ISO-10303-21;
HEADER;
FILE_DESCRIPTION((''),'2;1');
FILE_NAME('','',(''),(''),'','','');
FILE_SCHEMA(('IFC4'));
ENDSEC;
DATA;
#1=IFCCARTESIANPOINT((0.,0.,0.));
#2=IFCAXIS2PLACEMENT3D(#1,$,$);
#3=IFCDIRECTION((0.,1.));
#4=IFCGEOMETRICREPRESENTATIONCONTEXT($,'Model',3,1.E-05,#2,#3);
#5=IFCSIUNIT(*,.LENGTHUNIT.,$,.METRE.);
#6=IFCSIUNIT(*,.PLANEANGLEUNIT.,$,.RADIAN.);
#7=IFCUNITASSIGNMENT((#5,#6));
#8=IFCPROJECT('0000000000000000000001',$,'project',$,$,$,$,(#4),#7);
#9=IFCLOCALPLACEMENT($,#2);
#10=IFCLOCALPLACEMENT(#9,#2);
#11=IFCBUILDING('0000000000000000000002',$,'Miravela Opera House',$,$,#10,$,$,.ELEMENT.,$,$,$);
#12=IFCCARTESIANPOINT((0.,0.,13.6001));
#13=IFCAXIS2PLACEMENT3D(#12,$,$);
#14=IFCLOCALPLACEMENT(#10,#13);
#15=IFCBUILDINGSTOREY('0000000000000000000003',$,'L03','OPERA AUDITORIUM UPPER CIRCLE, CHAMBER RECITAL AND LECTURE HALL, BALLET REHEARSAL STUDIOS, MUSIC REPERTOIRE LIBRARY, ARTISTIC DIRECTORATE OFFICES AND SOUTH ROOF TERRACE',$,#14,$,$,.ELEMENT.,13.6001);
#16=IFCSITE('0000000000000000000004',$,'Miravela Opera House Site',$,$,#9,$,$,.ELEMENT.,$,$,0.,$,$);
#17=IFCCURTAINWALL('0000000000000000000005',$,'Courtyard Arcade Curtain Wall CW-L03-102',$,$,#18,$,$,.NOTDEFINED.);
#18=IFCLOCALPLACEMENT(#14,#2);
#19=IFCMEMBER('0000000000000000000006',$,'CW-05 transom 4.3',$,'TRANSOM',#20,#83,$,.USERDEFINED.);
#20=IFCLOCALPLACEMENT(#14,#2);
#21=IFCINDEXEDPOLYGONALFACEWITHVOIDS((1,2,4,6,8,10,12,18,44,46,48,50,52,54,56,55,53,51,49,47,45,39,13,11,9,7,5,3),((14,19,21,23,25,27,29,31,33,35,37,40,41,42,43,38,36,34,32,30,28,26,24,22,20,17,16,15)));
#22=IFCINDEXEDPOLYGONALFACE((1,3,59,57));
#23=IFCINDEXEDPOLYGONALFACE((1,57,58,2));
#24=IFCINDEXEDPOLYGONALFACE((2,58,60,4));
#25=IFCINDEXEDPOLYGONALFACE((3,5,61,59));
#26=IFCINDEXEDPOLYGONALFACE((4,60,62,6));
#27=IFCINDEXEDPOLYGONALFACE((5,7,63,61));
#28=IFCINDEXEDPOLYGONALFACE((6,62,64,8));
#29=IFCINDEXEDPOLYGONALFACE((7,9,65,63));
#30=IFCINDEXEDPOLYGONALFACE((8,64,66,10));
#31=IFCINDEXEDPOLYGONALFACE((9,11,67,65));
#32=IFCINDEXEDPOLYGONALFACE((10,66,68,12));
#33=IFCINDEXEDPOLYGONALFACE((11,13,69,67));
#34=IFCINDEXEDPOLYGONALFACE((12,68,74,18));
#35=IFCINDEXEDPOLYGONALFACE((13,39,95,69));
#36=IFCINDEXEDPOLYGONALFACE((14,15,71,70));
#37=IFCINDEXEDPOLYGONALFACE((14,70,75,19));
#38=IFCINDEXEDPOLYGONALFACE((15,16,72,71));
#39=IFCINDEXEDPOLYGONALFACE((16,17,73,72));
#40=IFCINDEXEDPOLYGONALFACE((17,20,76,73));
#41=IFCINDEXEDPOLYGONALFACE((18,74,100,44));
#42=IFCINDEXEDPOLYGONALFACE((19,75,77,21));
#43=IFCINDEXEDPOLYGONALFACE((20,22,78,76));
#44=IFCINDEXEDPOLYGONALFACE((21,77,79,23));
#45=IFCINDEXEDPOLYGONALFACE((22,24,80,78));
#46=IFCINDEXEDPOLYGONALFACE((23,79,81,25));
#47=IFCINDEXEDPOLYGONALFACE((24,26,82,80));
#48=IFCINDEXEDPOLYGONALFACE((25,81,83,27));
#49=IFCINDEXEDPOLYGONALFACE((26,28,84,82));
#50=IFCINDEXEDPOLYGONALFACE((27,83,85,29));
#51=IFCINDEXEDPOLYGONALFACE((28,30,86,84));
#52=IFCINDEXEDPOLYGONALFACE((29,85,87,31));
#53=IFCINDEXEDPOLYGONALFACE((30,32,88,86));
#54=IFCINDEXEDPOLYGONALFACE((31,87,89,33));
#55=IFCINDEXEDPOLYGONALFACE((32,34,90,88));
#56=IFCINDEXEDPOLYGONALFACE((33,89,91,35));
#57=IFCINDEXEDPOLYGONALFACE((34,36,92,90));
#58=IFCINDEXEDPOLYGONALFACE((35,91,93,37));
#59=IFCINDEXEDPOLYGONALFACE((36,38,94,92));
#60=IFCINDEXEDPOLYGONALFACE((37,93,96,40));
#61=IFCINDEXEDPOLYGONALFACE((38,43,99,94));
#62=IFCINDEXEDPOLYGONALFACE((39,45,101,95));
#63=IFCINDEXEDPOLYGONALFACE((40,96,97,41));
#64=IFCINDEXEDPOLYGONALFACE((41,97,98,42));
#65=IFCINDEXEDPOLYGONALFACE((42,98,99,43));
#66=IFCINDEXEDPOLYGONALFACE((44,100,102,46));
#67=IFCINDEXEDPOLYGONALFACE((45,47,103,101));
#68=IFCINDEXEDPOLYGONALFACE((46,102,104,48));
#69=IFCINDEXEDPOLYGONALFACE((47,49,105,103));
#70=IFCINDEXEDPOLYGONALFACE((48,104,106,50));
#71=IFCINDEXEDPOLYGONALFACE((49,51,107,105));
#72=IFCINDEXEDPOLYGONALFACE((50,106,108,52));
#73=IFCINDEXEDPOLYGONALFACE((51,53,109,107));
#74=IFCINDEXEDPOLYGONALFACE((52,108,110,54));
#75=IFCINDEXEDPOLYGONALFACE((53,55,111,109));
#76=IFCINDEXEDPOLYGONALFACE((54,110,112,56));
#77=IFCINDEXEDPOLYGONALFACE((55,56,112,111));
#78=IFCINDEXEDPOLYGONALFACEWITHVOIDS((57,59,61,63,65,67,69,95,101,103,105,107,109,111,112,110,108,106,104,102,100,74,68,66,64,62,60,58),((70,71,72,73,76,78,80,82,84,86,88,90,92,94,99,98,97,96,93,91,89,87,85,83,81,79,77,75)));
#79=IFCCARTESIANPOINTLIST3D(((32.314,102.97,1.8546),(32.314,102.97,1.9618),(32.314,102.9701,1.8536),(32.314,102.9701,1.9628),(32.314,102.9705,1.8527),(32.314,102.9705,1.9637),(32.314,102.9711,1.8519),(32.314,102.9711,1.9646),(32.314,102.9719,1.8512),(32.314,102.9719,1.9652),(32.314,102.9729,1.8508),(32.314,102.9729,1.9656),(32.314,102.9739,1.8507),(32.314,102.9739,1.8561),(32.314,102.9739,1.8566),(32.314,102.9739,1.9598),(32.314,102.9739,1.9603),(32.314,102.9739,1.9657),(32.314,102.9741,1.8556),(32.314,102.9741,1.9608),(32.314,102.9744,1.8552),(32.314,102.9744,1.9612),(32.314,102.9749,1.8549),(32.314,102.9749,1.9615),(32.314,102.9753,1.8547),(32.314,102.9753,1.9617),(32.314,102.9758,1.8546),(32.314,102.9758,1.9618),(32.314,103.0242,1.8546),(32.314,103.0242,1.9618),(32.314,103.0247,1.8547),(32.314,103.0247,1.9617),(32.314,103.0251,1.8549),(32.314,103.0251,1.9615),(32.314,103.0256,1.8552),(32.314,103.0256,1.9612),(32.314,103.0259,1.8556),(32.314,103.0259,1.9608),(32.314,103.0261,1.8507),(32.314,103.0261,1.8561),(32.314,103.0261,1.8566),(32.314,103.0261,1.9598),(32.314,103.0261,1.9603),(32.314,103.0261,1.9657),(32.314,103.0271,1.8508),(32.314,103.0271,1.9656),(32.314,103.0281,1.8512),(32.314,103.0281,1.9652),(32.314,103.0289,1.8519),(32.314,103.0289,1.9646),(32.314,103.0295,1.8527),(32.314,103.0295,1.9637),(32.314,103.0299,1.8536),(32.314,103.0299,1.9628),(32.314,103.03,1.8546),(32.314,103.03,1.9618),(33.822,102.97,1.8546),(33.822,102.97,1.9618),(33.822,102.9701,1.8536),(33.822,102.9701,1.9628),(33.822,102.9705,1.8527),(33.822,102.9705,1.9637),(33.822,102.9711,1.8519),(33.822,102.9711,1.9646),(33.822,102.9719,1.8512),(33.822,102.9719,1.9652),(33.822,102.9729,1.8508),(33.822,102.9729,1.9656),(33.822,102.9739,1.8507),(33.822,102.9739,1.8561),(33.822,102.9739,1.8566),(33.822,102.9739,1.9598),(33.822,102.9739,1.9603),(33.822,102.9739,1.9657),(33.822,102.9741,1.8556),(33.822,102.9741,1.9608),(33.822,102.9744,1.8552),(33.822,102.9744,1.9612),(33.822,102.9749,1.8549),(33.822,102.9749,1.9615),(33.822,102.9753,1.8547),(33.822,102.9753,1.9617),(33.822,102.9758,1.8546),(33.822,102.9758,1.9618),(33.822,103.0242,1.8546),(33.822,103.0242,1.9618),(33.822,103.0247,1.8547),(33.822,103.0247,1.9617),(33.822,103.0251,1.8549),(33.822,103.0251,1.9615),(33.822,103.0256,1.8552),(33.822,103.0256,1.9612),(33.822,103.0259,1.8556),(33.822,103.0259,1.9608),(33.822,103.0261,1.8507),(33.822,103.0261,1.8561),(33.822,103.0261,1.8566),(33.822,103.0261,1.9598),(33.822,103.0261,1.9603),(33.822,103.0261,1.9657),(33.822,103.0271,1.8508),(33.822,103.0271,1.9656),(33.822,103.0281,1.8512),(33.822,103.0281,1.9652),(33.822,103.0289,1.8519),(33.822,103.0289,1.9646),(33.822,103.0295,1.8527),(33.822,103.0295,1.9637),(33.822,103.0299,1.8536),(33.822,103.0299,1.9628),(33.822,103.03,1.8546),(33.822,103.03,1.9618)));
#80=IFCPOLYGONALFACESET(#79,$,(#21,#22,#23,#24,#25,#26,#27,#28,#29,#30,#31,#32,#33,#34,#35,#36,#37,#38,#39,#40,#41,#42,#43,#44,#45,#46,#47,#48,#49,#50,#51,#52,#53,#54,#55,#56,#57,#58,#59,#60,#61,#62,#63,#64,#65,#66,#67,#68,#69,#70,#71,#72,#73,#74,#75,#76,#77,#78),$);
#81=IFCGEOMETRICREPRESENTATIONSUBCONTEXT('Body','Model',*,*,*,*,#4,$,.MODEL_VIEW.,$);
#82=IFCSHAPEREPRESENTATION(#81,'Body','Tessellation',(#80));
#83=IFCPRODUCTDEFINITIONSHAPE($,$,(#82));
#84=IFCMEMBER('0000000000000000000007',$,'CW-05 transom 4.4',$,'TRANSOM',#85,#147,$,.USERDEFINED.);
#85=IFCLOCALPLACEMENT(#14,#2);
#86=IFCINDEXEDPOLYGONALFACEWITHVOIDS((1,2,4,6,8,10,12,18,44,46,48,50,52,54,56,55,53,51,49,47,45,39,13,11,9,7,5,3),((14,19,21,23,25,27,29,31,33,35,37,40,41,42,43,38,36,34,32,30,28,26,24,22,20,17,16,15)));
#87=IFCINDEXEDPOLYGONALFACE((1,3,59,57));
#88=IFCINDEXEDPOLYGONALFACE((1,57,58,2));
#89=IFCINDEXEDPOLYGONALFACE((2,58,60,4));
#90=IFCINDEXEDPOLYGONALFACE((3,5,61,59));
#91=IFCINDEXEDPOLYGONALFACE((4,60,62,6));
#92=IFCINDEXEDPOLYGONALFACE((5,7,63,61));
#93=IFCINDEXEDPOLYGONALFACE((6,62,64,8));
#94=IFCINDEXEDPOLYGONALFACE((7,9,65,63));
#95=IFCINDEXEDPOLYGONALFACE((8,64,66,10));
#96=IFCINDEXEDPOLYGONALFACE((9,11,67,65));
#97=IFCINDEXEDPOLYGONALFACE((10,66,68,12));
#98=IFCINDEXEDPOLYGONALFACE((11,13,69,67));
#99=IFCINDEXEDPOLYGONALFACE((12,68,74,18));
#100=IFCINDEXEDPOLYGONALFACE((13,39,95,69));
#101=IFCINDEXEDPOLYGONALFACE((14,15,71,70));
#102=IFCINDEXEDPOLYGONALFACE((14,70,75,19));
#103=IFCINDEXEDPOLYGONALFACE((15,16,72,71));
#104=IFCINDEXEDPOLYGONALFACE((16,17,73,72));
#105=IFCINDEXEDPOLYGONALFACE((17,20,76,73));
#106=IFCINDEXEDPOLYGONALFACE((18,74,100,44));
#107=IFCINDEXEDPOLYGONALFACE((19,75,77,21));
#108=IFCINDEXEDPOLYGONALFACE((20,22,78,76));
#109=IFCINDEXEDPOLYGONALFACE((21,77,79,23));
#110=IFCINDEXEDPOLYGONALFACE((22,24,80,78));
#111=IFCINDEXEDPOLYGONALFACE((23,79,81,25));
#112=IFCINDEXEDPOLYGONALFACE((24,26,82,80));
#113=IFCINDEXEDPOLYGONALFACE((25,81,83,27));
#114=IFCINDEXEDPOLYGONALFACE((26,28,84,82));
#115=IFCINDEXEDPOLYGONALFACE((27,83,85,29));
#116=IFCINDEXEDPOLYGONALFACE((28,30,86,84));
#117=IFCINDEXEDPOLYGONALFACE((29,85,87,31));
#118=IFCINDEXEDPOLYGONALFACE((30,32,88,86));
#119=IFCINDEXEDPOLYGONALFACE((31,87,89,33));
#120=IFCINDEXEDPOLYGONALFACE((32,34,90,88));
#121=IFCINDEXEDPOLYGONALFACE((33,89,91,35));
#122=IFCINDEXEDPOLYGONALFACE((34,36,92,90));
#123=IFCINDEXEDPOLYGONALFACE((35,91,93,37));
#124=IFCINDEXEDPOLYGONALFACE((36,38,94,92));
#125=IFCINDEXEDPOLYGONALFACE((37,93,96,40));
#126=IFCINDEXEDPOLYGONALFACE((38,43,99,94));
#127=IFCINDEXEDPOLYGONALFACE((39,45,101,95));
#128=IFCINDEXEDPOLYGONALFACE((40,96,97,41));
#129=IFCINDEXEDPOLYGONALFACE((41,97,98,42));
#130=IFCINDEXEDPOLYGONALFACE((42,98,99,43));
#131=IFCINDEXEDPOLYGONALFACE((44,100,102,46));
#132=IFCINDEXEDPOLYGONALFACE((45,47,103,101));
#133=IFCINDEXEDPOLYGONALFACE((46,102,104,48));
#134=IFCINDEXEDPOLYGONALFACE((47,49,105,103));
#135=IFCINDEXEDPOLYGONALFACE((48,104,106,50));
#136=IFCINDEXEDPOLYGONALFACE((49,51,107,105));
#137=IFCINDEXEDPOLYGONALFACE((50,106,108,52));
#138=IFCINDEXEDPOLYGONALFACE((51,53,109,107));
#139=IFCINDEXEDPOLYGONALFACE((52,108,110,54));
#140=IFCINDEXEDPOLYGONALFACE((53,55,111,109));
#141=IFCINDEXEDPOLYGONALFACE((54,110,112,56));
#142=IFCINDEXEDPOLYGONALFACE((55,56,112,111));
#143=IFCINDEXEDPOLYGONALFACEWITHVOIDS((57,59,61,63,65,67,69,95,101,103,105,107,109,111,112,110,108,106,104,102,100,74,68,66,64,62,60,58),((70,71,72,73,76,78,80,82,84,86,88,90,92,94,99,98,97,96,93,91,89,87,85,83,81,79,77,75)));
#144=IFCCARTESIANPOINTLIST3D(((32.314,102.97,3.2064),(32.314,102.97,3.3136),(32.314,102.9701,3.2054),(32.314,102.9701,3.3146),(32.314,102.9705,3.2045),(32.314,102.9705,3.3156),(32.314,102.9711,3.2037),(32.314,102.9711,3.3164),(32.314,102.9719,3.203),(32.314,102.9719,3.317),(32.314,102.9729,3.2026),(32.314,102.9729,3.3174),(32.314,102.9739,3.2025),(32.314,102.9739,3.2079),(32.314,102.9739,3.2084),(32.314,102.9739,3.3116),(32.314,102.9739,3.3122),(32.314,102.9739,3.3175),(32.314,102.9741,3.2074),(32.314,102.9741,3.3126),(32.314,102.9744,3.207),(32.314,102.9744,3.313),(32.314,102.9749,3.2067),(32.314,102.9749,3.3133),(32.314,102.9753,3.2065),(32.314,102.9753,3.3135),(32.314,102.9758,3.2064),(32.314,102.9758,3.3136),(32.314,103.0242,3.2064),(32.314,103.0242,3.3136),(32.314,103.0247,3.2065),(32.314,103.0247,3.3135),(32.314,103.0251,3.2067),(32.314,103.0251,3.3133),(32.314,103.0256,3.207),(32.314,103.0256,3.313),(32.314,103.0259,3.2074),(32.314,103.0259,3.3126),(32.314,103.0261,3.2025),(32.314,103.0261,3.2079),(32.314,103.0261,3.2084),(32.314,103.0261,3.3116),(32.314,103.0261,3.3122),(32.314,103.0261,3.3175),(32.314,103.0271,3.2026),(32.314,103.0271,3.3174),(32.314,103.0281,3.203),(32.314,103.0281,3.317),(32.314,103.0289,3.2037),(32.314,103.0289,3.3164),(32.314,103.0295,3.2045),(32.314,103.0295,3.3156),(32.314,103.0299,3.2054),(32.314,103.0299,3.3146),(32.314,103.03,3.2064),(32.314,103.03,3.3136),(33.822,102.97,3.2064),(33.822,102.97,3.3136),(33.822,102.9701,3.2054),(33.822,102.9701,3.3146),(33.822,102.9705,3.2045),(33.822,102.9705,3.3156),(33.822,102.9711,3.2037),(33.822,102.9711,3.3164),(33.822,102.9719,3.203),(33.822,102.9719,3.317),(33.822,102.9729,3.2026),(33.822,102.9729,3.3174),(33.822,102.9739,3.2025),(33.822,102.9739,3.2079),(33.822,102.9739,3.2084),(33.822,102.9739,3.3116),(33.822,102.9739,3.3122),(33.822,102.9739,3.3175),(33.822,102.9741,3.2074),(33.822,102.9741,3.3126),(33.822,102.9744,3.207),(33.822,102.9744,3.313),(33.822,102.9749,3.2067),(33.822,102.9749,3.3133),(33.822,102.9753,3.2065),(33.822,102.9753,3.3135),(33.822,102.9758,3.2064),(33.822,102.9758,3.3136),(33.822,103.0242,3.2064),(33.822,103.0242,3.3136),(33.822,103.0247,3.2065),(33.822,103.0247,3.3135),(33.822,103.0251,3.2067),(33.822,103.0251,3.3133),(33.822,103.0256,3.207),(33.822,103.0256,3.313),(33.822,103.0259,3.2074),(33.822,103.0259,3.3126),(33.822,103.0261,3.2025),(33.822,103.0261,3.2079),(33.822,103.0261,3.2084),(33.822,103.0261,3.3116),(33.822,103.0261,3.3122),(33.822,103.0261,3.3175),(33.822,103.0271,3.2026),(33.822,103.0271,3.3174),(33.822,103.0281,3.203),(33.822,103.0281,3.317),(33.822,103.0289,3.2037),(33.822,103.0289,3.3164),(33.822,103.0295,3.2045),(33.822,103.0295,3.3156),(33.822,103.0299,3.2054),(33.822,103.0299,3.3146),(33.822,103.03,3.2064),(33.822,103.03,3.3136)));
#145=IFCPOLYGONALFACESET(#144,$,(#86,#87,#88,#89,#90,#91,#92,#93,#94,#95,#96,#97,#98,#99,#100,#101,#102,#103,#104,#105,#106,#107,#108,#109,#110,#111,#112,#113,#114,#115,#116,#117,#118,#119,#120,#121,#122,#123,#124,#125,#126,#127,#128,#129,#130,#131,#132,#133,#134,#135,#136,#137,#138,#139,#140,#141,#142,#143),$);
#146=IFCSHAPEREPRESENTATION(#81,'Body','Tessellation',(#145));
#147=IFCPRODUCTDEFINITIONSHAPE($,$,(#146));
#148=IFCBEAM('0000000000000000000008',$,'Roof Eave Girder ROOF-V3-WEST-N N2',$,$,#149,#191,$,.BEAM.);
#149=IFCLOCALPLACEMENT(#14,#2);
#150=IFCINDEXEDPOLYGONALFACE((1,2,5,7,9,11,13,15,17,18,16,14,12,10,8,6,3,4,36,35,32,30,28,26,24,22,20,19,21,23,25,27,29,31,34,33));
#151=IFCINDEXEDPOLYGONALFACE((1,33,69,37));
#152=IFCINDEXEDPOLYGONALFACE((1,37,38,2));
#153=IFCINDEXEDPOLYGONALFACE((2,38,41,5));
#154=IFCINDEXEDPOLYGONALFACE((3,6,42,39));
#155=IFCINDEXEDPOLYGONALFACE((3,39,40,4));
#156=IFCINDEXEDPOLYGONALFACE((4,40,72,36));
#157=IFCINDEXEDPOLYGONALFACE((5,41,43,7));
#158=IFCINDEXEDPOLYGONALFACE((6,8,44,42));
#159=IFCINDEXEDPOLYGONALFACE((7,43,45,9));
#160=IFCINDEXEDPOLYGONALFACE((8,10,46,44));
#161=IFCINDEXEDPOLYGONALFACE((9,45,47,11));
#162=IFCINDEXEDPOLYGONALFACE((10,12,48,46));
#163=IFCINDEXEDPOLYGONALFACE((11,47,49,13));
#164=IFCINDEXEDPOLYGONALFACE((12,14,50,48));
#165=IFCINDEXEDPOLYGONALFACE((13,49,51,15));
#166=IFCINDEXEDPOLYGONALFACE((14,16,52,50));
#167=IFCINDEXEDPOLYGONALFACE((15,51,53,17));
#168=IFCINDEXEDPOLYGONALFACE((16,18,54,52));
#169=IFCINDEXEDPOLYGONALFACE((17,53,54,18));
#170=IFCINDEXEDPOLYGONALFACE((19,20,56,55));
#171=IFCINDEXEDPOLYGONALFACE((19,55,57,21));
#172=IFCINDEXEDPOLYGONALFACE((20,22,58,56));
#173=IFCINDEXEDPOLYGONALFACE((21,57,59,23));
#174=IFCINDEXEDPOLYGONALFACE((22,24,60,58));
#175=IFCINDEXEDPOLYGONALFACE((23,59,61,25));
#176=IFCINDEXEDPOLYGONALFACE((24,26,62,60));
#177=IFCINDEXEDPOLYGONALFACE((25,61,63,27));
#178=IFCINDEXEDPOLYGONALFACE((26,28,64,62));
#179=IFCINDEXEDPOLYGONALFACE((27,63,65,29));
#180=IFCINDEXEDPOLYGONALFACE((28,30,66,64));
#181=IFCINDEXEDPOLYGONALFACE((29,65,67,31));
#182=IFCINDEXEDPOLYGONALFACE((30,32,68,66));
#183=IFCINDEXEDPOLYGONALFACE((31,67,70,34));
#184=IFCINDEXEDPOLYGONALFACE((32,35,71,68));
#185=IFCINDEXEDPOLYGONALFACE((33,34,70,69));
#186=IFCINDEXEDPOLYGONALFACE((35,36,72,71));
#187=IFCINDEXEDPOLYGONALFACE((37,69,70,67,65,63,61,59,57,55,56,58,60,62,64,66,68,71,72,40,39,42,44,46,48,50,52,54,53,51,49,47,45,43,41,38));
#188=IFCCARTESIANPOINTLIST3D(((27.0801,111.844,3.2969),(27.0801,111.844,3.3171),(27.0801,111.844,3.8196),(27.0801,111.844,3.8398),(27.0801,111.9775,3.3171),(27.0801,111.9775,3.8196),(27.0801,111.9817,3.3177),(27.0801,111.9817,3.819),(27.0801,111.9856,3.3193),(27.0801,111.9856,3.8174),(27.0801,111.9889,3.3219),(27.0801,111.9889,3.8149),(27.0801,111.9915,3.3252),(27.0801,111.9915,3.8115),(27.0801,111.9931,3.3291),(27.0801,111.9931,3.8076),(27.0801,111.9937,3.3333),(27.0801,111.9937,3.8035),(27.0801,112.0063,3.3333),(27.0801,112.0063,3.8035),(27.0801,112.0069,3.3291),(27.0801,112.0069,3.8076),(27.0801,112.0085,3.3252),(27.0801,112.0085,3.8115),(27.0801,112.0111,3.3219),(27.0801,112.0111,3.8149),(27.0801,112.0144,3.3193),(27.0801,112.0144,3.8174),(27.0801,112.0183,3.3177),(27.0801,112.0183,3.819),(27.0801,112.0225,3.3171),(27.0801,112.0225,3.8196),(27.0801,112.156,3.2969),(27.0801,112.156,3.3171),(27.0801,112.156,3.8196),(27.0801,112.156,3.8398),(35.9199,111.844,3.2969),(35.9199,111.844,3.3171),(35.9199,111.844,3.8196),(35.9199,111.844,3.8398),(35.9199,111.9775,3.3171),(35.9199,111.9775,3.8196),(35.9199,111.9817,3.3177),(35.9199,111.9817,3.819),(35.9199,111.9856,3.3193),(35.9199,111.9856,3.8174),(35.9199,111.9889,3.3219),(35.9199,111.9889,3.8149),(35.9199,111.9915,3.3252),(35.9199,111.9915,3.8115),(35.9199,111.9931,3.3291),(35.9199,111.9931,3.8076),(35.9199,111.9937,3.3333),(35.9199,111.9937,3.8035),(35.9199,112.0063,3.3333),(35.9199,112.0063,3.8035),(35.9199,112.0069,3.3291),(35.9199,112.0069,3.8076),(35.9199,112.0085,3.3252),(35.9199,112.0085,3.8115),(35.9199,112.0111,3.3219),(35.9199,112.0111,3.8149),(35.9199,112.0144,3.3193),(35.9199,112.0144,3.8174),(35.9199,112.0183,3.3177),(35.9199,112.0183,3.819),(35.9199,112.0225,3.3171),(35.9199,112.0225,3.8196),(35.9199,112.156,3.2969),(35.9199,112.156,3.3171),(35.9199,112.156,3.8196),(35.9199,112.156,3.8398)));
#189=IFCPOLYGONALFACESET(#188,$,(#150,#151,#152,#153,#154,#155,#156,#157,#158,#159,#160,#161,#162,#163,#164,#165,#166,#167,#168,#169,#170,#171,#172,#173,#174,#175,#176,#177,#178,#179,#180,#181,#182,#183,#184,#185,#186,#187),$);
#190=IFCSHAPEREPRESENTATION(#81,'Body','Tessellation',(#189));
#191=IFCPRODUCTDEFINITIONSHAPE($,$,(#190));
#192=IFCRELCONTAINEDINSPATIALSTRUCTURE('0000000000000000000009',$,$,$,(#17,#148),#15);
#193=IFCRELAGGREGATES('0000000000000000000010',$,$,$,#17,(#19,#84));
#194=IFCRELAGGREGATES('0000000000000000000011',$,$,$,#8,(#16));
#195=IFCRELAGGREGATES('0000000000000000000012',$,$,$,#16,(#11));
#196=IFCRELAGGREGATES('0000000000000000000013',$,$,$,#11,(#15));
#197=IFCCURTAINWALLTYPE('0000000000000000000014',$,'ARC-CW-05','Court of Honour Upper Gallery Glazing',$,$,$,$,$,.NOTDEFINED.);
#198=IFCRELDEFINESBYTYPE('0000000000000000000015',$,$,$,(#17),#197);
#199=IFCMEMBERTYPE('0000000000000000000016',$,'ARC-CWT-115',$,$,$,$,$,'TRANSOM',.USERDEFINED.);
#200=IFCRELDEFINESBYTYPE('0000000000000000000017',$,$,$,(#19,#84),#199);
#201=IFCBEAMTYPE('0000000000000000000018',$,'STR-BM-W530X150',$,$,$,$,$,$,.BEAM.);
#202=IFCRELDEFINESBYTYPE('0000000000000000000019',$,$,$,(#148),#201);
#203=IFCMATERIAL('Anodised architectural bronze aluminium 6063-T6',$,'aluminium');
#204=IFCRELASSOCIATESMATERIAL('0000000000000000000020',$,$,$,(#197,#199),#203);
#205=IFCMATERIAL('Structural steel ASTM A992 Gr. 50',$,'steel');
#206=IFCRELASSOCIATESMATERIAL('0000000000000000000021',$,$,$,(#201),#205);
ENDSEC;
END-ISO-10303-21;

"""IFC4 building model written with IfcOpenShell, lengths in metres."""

from ifc_helpers import new_model, si_unit, direction, frame, origin, origin_2d, place, context, subcontext, project, spatial, hollow_rectangle, i_section, extrude, material, material_profile, profile_set, type_object, element, aggregate, save


model = new_model("IFC4")

# Units and contexts
model_context = context("Model", 3, precision=1e-05, world=origin(), true_north=direction((0.0, 1.0)))
body_context = subcontext(model_context, "Body", "Model", "MODEL_VIEW")
ifc_project = project(units=[si_unit("LENGTHUNIT", "METRE"), si_unit("PLANEANGLEUNIT", "RADIAN")], contexts=[model_context])

# Site, building, storey
site_placement = place(None, origin())
site = spatial("IfcSite", under=ifc_project, at=site_placement, Name="Miravela Opera House Site", CompositionType="ELEMENT", RefElevation=0.0)
building_placement = place(site_placement, origin())
building = spatial("IfcBuilding", under=site, at=building_placement, Name="Miravela Opera House", CompositionType="ELEMENT")
storey_placement = place(building_placement, frame((0.0, 0.0, 13.6001)))
storey = spatial("IfcBuildingStorey", under=building, at=storey_placement, Name="L03", Description="OPERA AUDITORIUM UPPER CIRCLE, CHAMBER RECITAL AND LECTURE HALL, BALLET REHEARSAL STUDIOS, MUSIC REPERTOIRE LIBRARY, ARTISTIC DIRECTORATE OFFICES AND SOUTH ROOF TERRACE", CompositionType="ELEMENT", Elevation=13.6001)

# Curtain wall, members
ifc_material_1 = material(Name="Anodised architectural bronze aluminium 6063-T6", Category="aluminium")
curtain_wall_type = type_object("IfcCurtainWallType", Name="ARC-CW-05", Description="Court of Honour Upper Gallery Glazing", PredefinedType="NOTDEFINED", material=ifc_material_1)
curtain_wall_placement = place(storey_placement, origin())
curtain_wall = element("IfcCurtainWall", 1, at=curtain_wall_placement, inside=storey, type_object=curtain_wall_type, Name="Courtyard Arcade Curtain Wall CW-L03-102", PredefinedType="NOTDEFINED")
ifc_material_profile_1 = material_profile(ifc_material_1, hollow_rectangle(XDim=0.0601, YDim=0.115, WallThickness=0.0039, InnerFilletRadius=0.002, OuterFilletRadius=0.0039, at=origin_2d()), Name="CWT-60X115")
ifc_profile_set_1 = profile_set([ifc_material_profile_1])
member_type_1 = type_object("IfcMemberType", Name="ARC-CWT-115", ElementType="TRANSOM", PredefinedType="USERDEFINED", material=ifc_profile_set_1)
member_1_placement = place(storey_placement, frame((32.314, 103.0, 1.9082), z_axis=(1.0, 0.0, 0.0), x_axis=(0.0, 1.0, 0.0)))
member_1 = element("IfcMember", 2, at=member_1_placement, type_object=member_type_1, Name="CW-05 transom 4.3", ObjectType="TRANSOM", PredefinedType="USERDEFINED", context=body_context, shape_type="SweptSolid", body=[
    extrude(hollow_rectangle(XDim=0.0601, YDim=0.115, WallThickness=0.0039, InnerFilletRadius=0.002, OuterFilletRadius=0.0039, at=origin_2d()), origin(), (0.0, 0.0, 1.0), 1.5081),
])
member_2_placement = place(storey_placement, frame((32.314, 103.0, 3.26), z_axis=(1.0, 0.0, 0.0), x_axis=(0.0, 1.0, 0.0)))
member_2 = element("IfcMember", 3, at=member_2_placement, type_object=member_type_1, Name="CW-05 transom 4.4", ObjectType="TRANSOM", PredefinedType="USERDEFINED", context=body_context, shape_type="SweptSolid", body=[
    extrude(hollow_rectangle(XDim=0.0601, YDim=0.115, WallThickness=0.0039, InnerFilletRadius=0.002, OuterFilletRadius=0.0039, at=origin_2d()), origin(), (0.0, 0.0, 1.0), 1.5081),
])

# Beam
ifc_material_2 = material(Name="Structural steel ASTM A992 Gr. 50", Category="steel")
ifc_material_profile_2 = material_profile(ifc_material_2, i_section(OverallWidth=0.312, OverallDepth=0.543, WebThickness=0.0127, FlangeThickness=0.0203, FilletRadius=0.0161, at=origin_2d()), Name="W530X150")
ifc_profile_set_2 = profile_set([ifc_material_profile_2])
beam_type = type_object("IfcBeamType", Name="STR-BM-W530X150", PredefinedType="BEAM", material=ifc_profile_set_2)
for number, where, z_axis, x_axis, name in (
    (4, (27.0801, 112.0, 3.5684), (1.0, 0.0, 0.0), (0.0, 1.0, 0.0), "Roof Eave Girder ROOF-V3-WEST-N N2"),
):
    element("IfcBeam", number, at=place(storey_placement, frame(where, z_axis=z_axis, x_axis=x_axis)), inside=storey, type_object=beam_type, Name=name, PredefinedType="BEAM", context=body_context, shape_type="SweptSolid", body=[
        extrude(i_section(OverallWidth=0.312, OverallDepth=0.543, WebThickness=0.0127, FlangeThickness=0.0203, FilletRadius=0.0161, at=origin_2d()), origin(), (0.0, 0.0, 1.0), 8.8398),
    ])

aggregate(curtain_wall, [member_1, member_2])

save(model, "model.ifc")
